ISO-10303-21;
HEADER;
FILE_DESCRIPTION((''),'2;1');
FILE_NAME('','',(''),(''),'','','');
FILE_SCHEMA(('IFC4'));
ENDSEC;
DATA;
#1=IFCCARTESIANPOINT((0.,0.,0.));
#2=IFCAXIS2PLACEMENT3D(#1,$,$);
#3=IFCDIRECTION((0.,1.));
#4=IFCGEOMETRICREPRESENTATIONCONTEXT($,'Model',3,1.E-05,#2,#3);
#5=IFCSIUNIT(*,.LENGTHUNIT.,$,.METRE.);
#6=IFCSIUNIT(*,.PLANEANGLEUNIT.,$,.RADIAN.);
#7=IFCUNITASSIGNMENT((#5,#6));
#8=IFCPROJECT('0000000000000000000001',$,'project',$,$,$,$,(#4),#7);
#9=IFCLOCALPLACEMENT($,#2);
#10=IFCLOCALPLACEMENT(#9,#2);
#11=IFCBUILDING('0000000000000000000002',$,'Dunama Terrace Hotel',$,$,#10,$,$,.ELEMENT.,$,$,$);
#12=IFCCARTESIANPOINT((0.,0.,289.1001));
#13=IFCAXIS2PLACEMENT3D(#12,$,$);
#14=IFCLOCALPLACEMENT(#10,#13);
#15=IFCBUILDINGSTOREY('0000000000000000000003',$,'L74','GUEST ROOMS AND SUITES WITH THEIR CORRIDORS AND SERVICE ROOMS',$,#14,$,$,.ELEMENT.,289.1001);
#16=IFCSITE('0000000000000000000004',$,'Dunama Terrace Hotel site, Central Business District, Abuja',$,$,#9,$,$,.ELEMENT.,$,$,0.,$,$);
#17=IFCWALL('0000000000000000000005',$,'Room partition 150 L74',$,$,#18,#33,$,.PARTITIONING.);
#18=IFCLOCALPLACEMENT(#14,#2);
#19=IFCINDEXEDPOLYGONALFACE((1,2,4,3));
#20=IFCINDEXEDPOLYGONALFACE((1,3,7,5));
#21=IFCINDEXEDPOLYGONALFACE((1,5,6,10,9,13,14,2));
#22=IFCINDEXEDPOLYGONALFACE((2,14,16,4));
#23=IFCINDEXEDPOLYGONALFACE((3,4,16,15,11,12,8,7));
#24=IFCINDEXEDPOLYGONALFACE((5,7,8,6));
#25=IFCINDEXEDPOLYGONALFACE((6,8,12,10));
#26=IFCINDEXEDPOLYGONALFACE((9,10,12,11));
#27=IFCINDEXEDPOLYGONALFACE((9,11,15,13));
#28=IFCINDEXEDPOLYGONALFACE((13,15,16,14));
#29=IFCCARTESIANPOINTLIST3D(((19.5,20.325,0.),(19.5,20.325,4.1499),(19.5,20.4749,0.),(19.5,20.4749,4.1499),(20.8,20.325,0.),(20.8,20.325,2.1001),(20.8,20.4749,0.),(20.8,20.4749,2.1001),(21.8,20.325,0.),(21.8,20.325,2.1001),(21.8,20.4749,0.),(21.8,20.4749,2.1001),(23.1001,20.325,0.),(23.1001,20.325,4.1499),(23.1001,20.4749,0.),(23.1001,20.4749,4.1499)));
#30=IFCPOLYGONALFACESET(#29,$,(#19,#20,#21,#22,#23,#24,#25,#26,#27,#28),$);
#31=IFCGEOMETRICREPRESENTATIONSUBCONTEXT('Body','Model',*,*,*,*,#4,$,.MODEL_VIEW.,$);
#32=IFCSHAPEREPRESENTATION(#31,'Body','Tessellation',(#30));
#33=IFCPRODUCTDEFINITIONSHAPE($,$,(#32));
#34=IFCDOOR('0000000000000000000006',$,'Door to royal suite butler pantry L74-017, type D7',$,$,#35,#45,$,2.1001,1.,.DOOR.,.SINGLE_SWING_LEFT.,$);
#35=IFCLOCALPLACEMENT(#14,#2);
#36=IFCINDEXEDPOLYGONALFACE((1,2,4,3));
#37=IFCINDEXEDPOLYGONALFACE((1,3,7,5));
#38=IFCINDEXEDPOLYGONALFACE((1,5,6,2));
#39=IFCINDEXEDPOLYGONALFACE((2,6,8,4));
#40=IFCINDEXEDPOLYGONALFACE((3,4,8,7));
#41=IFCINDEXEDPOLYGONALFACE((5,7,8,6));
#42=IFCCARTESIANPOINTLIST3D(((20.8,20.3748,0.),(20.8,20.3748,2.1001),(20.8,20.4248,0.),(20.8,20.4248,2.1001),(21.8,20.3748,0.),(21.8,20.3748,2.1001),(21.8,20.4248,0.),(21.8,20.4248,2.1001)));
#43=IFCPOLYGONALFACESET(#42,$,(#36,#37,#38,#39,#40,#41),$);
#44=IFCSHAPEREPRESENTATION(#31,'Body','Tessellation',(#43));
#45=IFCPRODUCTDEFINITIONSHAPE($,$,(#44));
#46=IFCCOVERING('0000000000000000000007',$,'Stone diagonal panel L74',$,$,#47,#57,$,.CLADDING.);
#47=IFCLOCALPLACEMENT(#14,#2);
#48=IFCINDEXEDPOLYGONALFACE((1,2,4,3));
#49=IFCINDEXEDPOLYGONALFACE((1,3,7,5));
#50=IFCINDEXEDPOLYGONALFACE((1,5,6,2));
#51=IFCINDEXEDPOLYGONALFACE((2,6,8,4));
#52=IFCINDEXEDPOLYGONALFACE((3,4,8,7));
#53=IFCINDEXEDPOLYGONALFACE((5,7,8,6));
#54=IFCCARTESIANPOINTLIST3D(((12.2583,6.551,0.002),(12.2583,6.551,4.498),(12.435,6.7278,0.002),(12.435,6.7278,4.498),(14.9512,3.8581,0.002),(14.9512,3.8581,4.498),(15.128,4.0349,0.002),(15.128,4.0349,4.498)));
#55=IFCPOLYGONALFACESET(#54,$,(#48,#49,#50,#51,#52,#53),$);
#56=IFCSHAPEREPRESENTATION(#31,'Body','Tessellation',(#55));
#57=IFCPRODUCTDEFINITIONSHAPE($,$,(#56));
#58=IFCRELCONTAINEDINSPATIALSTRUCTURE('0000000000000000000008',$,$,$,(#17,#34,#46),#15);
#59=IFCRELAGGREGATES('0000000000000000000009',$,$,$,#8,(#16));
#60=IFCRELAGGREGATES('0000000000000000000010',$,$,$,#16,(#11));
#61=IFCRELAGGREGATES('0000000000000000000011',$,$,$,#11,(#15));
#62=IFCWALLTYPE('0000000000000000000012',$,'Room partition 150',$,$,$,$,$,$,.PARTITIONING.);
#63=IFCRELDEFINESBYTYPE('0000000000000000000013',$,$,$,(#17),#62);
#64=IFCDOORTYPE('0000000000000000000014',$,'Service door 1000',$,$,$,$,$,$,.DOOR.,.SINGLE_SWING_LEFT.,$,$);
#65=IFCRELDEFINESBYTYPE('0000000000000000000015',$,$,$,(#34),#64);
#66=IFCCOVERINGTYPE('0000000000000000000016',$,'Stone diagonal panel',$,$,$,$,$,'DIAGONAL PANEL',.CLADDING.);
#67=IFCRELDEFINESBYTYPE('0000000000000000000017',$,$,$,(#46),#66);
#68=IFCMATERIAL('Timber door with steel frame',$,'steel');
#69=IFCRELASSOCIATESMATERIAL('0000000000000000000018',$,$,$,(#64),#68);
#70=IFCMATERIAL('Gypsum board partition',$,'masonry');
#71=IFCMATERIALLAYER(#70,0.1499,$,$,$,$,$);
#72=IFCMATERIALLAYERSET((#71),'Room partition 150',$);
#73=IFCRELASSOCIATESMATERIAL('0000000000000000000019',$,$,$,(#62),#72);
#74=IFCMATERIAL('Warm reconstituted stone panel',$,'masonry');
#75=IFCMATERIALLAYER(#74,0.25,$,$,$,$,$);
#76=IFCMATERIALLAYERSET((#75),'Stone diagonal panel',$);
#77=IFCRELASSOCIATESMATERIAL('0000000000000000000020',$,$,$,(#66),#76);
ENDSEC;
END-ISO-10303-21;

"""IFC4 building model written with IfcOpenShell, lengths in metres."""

from ifc_helpers import new_model, si_unit, direction, frame, frame_2d, origin, origin_2d, place, context, subcontext, project, spatial, rectangle, extrude, material, layer, layer_set, type_object, element, fill, save


model = new_model("IFC4")

# Units and contexts
model_context = context("Model", 3, precision=1e-05, world=origin(), true_north=direction((0.0, 1.0)))
body_context = subcontext(model_context, "Body", "Model", "MODEL_VIEW")
ifc_project = project(units=[si_unit("LENGTHUNIT", "METRE"), si_unit("PLANEANGLEUNIT", "RADIAN")], contexts=[model_context])

# Site, building, storey
site_placement = place(None, origin())
site = spatial("IfcSite", under=ifc_project, at=site_placement, Name="Dunama Terrace Hotel site, Central Business District, Abuja", CompositionType="ELEMENT", RefElevation=0.0)
building_placement = place(site_placement, origin())
building = spatial("IfcBuilding", under=site, at=building_placement, Name="Dunama Terrace Hotel", CompositionType="ELEMENT")
storey_placement = place(building_placement, frame((0.0, 0.0, 289.1001)))
storey = spatial("IfcBuildingStorey", under=building, at=storey_placement, Name="L74", Description="GUEST ROOMS AND SUITES WITH THEIR CORRIDORS AND SERVICE ROOMS", CompositionType="ELEMENT", Elevation=289.1001)

# Shared definitions
ifc_material_1 = material(Name="Timber door with steel frame", Category="steel")
door_type_1 = type_object("IfcDoorType", Name="Service door 1000", OperationType="SINGLE_SWING_LEFT", PredefinedType="DOOR", material=ifc_material_1)

# Wall, opening, door
ifc_material_2 = material(Name="Gypsum board partition", Category="masonry")
ifc_layer_1 = layer(ifc_material_2, 0.1499)
ifc_layer_set_1 = layer_set([ifc_layer_1], Name="Room partition 150")
wall_type_1 = type_object("IfcWallType", Name="Room partition 150", PredefinedType="PARTITIONING", material=ifc_layer_set_1)
wall_1_placement = place(storey_placement, frame((19.5, 20.3999, 0.0), z_axis=(0.0, 0.0, 1.0), x_axis=(1.0, 0.0, 0.0)))
wall_1 = element("IfcWall", 1, at=wall_1_placement, inside=storey, type_object=wall_type_1, Name="Room partition 150 L74", PredefinedType="PARTITIONING", context=body_context, shape_type="SweptSolid", body=[
    extrude(rectangle(XDim=3.6001, YDim=0.1499, at=frame_2d((1.8, 0.0))), origin(), (0.0, 0.0, 1.0), 4.1499),
])
opening_1_placement = place(wall_1_placement, frame((1.3, 0.0, 0.0)))
opening_1 = element("IfcOpeningElement", 2, at=opening_1_placement, cuts=wall_1, PredefinedType="OPENING", context=body_context, shape_type="SweptSolid", body=[
    extrude(rectangle(XDim=1.0, YDim=2.1001, at=frame_2d((0.5, 1.05))), frame((0.0, 0.085, 0.0), z_axis=(0.0, -1.0, 0.0), x_axis=(1.0, 0.0, 0.0)), (0.0, 0.0, 1.0), 0.1699),
])
door_1_placement = place(opening_1_placement, frame((1.0, 0.0, 0.0), z_axis=(0.0, 0.0, 1.0), x_axis=(-1.0, 0.0, 0.0)))
door_1 = element("IfcDoor", 3, at=door_1_placement, inside=storey, type_object=door_type_1, Name="Door to royal suite butler pantry L74-017, type D7", OperationType="SINGLE_SWING_LEFT", OverallHeight=2.1001, OverallWidth=1.0, PredefinedType="DOOR", context=body_context, shape_type="SweptSolid", body=[
    extrude(rectangle(XDim=1.0, YDim=2.1001, at=frame_2d((0.5, 1.05))), frame((0.0, 0.0251, 0.0), z_axis=(0.0, -1.0, 0.0), x_axis=(1.0, 0.0, 0.0)), (0.0, 0.0, 1.0), 0.05),
])
fill(opening_1, door_1)

# Covering
ifc_material_3 = material(Name="Warm reconstituted stone panel", Category="masonry")
ifc_layer_2 = layer(ifc_material_3, 0.25)
ifc_layer_set_2 = layer_set([ifc_layer_2], Name="Stone diagonal panel")
covering_type = type_object("IfcCoveringType", Name="Stone diagonal panel", ElementType="DIAGONAL PANEL", PredefinedType="CLADDING", material=ifc_layer_set_2)
covering_placement = place(storey_placement, frame((13.6931, 5.293, 0.002), z_axis=(0.0, 0.0, 1.0), x_axis=(0.707107, -0.707107, 0.0)))
element("IfcCovering", 4, at=covering_placement, inside=storey, type_object=covering_type, Name="Stone diagonal panel L74", PredefinedType="CLADDING", context=body_context, shape_type="SweptSolid", body=[
    extrude(rectangle(XDim=3.8083, YDim=0.25, at=origin_2d()), origin(), (0.0, 0.0, 1.0), 4.4961),
])

save(model, "model.ifc")
